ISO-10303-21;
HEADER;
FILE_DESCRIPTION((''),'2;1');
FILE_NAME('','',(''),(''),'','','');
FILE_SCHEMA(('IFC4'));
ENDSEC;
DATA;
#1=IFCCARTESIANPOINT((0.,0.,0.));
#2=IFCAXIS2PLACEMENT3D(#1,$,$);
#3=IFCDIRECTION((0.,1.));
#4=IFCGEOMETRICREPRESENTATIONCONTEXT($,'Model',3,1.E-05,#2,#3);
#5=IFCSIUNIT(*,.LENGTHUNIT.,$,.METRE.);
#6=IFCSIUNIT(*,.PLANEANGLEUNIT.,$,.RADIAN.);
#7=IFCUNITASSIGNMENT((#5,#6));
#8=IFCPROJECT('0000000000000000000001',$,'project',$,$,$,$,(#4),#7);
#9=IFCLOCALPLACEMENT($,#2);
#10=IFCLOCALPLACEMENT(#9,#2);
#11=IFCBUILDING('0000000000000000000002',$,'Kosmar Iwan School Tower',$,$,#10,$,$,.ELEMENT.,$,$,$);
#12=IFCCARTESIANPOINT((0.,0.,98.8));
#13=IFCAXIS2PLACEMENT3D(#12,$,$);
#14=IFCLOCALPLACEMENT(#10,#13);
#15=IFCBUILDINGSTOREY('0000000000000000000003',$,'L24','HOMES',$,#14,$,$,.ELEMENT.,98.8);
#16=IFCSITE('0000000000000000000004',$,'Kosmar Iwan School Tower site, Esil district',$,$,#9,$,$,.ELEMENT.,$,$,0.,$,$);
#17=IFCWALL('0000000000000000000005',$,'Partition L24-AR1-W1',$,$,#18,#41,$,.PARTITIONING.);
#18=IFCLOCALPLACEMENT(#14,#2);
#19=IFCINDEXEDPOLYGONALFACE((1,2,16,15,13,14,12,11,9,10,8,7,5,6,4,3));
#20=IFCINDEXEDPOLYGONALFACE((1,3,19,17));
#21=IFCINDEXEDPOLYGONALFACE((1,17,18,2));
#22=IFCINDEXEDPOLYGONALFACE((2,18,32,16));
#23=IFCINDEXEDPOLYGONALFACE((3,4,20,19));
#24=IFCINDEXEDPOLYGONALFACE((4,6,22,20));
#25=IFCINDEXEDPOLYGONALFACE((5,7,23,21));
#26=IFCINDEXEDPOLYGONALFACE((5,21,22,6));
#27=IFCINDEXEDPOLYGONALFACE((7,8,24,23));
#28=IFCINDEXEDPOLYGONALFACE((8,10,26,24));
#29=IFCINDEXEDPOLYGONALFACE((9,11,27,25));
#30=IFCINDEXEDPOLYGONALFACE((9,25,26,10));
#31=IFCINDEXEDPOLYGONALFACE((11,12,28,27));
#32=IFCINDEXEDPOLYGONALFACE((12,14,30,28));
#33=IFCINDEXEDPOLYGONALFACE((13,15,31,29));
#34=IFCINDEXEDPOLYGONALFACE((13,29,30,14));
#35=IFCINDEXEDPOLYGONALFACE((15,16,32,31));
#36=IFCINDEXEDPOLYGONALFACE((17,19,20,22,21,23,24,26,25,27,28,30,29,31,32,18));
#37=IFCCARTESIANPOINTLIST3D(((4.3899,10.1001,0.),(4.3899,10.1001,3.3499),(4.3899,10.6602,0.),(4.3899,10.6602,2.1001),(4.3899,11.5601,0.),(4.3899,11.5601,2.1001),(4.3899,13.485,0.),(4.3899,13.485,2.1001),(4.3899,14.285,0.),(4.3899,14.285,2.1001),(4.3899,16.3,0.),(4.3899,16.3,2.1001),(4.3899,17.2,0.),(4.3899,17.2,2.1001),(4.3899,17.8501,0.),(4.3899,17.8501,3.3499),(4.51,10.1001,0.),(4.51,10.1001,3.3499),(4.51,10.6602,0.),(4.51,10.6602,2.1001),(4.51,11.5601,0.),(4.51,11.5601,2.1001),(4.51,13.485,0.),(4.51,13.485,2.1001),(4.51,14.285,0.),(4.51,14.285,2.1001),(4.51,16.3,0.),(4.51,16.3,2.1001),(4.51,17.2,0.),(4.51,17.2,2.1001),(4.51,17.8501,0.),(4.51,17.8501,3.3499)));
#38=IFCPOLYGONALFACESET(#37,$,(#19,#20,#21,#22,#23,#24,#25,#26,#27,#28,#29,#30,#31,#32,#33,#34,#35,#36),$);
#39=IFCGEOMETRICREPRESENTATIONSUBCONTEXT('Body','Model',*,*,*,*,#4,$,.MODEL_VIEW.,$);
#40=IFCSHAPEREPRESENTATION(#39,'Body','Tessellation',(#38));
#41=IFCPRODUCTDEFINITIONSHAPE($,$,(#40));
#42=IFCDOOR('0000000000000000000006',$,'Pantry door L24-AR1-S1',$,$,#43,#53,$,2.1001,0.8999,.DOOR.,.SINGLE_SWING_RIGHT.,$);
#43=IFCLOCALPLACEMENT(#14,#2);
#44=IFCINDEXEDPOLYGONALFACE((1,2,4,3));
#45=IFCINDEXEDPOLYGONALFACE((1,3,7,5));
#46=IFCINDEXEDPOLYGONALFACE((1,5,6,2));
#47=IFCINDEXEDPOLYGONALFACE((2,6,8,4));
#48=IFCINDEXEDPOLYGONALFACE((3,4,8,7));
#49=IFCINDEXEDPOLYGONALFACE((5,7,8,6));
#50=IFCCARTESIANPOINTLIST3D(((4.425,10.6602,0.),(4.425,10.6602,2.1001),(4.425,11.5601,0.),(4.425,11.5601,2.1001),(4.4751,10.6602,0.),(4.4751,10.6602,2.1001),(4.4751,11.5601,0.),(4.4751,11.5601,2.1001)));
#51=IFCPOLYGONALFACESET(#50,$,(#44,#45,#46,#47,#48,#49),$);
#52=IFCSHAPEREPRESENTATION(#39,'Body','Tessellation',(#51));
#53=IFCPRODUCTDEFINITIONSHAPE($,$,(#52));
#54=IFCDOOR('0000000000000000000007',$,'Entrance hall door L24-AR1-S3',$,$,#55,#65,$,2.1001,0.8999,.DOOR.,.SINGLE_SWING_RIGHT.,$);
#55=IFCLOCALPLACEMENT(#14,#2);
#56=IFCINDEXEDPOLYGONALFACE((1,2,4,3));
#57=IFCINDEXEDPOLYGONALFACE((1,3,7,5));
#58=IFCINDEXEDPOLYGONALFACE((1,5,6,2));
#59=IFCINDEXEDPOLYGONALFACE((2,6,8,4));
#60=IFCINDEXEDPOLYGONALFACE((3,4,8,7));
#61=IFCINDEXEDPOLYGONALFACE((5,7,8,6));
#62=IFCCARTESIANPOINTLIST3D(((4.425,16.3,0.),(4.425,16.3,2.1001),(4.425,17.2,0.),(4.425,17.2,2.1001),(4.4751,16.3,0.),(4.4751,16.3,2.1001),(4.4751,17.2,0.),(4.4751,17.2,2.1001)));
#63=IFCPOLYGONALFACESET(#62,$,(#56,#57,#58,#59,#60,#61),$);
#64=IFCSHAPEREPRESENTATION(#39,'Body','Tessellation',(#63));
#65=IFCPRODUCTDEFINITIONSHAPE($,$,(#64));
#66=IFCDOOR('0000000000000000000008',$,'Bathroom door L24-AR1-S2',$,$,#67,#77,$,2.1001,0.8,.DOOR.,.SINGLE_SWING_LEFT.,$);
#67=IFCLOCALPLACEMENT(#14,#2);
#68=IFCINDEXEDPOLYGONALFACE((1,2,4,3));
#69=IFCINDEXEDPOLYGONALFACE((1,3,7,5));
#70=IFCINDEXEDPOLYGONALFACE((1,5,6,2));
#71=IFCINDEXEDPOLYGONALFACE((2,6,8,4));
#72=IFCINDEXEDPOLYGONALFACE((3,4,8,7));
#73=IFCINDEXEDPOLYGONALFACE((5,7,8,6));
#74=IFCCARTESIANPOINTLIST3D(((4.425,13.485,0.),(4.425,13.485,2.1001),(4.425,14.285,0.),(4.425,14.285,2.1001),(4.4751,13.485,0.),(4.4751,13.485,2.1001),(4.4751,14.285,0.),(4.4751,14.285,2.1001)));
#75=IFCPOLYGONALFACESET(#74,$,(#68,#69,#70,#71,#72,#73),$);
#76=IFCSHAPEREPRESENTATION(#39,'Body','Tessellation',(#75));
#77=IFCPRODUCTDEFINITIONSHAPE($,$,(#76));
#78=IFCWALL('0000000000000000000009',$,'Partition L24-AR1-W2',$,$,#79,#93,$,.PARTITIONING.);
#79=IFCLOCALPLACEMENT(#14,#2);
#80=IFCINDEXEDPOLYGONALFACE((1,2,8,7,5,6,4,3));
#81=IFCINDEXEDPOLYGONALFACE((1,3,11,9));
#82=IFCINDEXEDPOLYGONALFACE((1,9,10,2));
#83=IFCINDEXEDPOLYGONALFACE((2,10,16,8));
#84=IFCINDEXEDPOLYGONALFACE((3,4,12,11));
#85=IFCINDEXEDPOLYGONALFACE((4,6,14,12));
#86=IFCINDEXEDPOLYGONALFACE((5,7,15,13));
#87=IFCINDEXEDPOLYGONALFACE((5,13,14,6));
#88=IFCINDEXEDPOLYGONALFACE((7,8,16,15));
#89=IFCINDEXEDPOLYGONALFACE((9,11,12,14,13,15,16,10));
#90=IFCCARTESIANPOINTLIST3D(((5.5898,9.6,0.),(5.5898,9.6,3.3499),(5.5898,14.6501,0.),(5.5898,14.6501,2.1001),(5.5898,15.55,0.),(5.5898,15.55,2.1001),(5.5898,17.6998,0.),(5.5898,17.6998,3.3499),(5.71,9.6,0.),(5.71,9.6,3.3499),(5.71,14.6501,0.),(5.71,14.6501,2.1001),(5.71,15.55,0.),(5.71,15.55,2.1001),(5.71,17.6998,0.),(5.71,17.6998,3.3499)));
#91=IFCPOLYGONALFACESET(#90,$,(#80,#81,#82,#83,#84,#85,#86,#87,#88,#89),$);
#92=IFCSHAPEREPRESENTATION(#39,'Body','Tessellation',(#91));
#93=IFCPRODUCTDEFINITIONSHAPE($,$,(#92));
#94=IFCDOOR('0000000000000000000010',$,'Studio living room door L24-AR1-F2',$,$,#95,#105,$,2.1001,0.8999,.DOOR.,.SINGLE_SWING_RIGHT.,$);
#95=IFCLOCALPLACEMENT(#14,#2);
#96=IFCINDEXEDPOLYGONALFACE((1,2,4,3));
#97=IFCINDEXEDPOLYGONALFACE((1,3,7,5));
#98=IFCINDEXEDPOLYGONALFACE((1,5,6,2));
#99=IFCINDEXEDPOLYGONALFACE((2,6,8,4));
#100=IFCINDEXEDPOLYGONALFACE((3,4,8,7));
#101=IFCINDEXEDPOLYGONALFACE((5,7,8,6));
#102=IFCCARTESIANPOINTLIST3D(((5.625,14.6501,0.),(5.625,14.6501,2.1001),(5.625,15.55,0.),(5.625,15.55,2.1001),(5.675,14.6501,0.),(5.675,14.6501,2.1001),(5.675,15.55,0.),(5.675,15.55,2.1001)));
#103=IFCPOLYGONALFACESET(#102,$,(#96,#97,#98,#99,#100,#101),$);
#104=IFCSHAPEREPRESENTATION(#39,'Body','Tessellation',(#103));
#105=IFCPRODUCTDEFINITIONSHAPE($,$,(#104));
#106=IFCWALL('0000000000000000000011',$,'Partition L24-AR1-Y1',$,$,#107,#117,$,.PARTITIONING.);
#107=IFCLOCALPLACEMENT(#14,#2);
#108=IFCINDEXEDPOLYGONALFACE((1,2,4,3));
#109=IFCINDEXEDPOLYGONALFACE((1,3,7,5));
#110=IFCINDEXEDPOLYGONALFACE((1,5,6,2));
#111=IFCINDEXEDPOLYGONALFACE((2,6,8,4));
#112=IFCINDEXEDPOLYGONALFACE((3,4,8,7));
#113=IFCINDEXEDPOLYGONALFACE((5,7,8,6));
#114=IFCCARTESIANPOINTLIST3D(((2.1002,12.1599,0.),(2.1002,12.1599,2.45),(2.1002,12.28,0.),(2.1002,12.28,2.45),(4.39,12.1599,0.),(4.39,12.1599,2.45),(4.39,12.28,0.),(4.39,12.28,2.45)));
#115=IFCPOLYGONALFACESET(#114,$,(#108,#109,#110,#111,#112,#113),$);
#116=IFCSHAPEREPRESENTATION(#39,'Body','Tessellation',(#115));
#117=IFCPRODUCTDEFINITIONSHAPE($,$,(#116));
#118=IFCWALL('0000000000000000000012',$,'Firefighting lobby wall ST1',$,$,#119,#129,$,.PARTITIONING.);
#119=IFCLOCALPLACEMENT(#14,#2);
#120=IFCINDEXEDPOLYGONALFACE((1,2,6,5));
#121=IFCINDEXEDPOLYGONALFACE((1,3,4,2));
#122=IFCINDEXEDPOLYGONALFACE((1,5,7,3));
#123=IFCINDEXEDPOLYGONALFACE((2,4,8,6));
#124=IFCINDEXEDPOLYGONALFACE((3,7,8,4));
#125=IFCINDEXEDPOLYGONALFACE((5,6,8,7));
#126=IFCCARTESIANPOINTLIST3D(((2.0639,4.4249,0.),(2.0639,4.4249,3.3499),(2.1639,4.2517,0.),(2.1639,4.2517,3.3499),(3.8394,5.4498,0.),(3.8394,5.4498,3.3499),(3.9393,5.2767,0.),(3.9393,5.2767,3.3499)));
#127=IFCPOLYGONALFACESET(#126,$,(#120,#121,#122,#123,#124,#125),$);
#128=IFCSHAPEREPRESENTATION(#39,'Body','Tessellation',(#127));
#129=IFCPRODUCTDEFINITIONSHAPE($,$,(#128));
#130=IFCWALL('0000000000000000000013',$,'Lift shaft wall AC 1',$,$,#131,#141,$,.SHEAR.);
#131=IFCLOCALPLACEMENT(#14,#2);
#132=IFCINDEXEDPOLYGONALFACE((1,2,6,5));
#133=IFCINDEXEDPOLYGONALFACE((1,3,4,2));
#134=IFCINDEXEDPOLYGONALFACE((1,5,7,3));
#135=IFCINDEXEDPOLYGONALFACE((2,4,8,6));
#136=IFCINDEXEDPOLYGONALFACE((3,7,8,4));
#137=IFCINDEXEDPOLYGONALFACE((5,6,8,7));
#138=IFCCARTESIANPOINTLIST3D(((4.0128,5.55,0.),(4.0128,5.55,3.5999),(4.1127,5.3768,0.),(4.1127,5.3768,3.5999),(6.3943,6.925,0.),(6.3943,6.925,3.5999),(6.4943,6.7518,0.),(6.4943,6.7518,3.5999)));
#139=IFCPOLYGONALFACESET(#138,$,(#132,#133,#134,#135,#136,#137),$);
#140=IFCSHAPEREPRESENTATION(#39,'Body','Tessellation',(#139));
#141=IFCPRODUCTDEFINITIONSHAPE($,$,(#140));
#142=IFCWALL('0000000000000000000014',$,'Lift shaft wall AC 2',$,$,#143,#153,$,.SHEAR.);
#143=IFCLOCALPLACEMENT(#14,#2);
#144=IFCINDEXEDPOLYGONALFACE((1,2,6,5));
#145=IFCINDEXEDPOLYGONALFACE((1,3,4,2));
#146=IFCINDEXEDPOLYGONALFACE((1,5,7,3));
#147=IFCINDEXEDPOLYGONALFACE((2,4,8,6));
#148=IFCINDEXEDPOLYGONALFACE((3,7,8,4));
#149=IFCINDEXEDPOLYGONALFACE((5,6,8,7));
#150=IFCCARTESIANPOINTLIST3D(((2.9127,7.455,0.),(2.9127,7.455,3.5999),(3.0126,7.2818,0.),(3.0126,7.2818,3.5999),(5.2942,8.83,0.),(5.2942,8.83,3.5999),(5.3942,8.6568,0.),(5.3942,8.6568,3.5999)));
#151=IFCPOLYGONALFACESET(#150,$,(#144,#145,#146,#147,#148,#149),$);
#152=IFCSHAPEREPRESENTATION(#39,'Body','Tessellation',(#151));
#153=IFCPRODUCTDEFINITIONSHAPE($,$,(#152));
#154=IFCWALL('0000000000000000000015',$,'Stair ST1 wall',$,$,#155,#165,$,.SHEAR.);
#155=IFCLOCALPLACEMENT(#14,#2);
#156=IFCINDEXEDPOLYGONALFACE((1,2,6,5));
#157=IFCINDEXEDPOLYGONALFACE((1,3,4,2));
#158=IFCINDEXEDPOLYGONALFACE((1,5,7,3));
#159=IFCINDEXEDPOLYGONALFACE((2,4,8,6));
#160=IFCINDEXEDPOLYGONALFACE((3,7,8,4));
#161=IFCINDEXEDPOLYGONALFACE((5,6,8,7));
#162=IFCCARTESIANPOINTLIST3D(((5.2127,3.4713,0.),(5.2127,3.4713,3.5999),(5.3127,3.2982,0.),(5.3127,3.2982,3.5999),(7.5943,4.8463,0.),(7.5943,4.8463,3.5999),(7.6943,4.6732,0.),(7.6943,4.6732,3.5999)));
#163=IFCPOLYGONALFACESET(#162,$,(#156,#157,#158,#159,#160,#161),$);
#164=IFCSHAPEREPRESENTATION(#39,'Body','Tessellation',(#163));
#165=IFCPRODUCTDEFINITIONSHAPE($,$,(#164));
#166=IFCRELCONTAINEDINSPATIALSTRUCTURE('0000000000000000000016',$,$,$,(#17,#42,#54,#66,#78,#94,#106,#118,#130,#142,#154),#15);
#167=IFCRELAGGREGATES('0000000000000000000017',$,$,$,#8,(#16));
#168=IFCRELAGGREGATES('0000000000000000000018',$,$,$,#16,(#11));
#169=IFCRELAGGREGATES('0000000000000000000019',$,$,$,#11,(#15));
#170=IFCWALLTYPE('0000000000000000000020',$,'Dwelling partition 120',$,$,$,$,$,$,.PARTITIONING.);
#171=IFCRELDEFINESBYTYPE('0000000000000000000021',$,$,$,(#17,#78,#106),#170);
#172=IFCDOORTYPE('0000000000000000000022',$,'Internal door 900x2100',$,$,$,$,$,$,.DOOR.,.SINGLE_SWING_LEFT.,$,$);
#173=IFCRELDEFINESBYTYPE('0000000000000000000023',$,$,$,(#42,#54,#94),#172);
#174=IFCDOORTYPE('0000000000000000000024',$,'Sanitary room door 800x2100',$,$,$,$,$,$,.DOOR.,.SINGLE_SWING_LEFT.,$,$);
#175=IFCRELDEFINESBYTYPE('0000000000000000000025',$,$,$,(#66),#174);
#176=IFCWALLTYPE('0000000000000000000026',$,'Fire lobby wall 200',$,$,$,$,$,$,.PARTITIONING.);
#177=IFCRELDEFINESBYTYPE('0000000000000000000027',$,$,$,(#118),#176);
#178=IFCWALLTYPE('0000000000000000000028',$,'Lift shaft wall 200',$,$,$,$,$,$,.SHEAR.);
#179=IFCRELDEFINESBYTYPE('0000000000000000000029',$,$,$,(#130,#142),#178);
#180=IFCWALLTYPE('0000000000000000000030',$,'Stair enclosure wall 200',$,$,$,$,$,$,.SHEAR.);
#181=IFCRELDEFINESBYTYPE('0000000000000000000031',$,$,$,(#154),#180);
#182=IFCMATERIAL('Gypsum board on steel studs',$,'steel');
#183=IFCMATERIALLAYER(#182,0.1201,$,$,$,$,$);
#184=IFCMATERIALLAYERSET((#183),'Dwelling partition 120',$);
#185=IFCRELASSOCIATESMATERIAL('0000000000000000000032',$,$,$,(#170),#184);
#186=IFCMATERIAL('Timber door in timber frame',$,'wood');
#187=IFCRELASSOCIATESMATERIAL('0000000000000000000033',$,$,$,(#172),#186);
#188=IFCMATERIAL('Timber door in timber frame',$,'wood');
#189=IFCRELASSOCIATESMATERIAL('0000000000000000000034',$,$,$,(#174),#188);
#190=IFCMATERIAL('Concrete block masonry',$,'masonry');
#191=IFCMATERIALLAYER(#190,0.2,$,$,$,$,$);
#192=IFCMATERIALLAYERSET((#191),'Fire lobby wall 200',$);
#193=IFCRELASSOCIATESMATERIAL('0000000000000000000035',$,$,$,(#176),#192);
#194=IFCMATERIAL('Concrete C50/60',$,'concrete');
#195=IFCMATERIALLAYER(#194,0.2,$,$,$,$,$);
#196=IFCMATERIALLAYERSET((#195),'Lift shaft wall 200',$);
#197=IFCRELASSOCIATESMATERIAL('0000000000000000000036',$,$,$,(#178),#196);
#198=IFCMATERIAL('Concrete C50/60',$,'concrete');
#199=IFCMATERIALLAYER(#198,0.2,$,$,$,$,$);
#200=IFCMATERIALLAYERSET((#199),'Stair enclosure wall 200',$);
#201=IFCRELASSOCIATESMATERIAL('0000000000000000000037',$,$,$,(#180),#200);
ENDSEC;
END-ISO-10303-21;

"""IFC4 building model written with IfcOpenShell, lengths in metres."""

from ifc_helpers import new_model, si_unit, direction, frame, frame_2d, origin, place, context, subcontext, project, spatial, rectangle, extrude, material, layer, layer_set, type_object, element, fill, save


model = new_model("IFC4")

# Units and contexts
model_context = context("Model", 3, precision=1e-05, world=origin(), true_north=direction((0.0, 1.0)))
body_context = subcontext(model_context, "Body", "Model", "MODEL_VIEW")
ifc_project = project(units=[si_unit("LENGTHUNIT", "METRE"), si_unit("PLANEANGLEUNIT", "RADIAN")], contexts=[model_context])

# Site, building, storey
site_placement = place(None, origin())
site = spatial("IfcSite", under=ifc_project, at=site_placement, Name="Kosmar Iwan School Tower site, Esil district", CompositionType="ELEMENT", RefElevation=0.0)
building_placement = place(site_placement, origin())
building = spatial("IfcBuilding", under=site, at=building_placement, Name="Kosmar Iwan School Tower", CompositionType="ELEMENT")
storey_placement = place(building_placement, frame((0.0, 0.0, 98.8)))
storey = spatial("IfcBuildingStorey", under=building, at=storey_placement, Name="L24", Description="HOMES", CompositionType="ELEMENT", Elevation=98.8)

# Wall, openings, doors
ifc_material_1 = material(Name="Gypsum board on steel studs", Category="steel")
ifc_layer_1 = layer(ifc_material_1, 0.1201)
ifc_layer_set_1 = layer_set([ifc_layer_1], Name="Dwelling partition 120")
wall_type_1 = type_object("IfcWallType", Name="Dwelling partition 120", PredefinedType="PARTITIONING", material=ifc_layer_set_1)
wall_1_placement = place(storey_placement, frame((4.45, 10.1001, 0.0), z_axis=(0.0, 0.0, 1.0), x_axis=(0.0, 1.0, 0.0)))
wall_1 = element("IfcWall", 1, at=wall_1_placement, inside=storey, type_object=wall_type_1, Name="Partition L24-AR1-W1", PredefinedType="PARTITIONING", context=body_context, shape_type="SweptSolid", body=[
    extrude(rectangle(XDim=7.75, YDim=0.1201, at=frame_2d((3.875, 0.0))), origin(), (0.0, 0.0, 1.0), 3.3499),
])
opening_1_placement = place(wall_1_placement, frame((0.5601, 0.0, 0.0)))
opening_1 = element("IfcOpeningElement", 2, at=opening_1_placement, cuts=wall_1, PredefinedType="OPENING", context=body_context, shape_type="SweptSolid", body=[
    extrude(rectangle(XDim=0.8999, YDim=2.1001, at=frame_2d((0.45, 1.05))), frame((0.0, 0.072, 0.0), z_axis=(0.0, -1.0, 0.0), x_axis=(1.0, 0.0, 0.0)), (0.0, 0.0, 1.0), 0.144),
])
opening_2_placement = place(wall_1_placement, frame((3.385, 0.0, 0.0)))
opening_2 = element("IfcOpeningElement", 3, at=opening_2_placement, cuts=wall_1, PredefinedType="OPENING", context=body_context, shape_type="SweptSolid", body=[
    extrude(rectangle(XDim=0.8, YDim=2.1001, at=frame_2d((0.3999, 1.05))), frame((0.0, 0.072, 0.0), z_axis=(0.0, -1.0, 0.0), x_axis=(1.0, 0.0, 0.0)), (0.0, 0.0, 1.0), 0.144),
])
opening_3_placement = place(wall_1_placement, frame((6.2, 0.0, 0.0)))
opening_3 = element("IfcOpeningElement", 4, at=opening_3_placement, cuts=wall_1, PredefinedType="OPENING", context=body_context, shape_type="SweptSolid", body=[
    extrude(rectangle(XDim=0.8999, YDim=2.1001, at=frame_2d((0.45, 1.05))), frame((0.0, 0.072, 0.0), z_axis=(0.0, -1.0, 0.0), x_axis=(1.0, 0.0, 0.0)), (0.0, 0.0, 1.0), 0.144),
])
ifc_material_2 = material(Name="Timber door in timber frame", Category="wood")
door_type_1 = type_object("IfcDoorType", Name="Internal door 900x2100", OperationType="SINGLE_SWING_LEFT", PredefinedType="DOOR", material=ifc_material_2)
door_1_placement = place(opening_1_placement, origin())
door_1 = element("IfcDoor", 5, at=door_1_placement, inside=storey, type_object=door_type_1, Name="Pantry door L24-AR1-S1", OperationType="SINGLE_SWING_RIGHT", OverallHeight=2.1001, OverallWidth=0.8999, PredefinedType="DOOR", context=body_context, shape_type="SweptSolid", body=[
    extrude(rectangle(XDim=0.8999, YDim=2.1001, at=frame_2d((0.45, 1.05))), frame((0.0, 0.0249, 0.0), z_axis=(0.0, -1.0, 0.0), x_axis=(1.0, 0.0, 0.0)), (0.0, 0.0, 1.0), 0.05),
])
fill(opening_1, door_1)
door_2_placement = place(opening_3_placement, origin())
door_2 = element("IfcDoor", 6, at=door_2_placement, inside=storey, type_object=door_type_1, Name="Entrance hall door L24-AR1-S3", OperationType="SINGLE_SWING_RIGHT", OverallHeight=2.1001, OverallWidth=0.8999, PredefinedType="DOOR", context=body_context, shape_type="SweptSolid", body=[
    extrude(rectangle(XDim=0.8999, YDim=2.1001, at=frame_2d((0.45, 1.05))), frame((0.0, 0.0249, 0.0), z_axis=(0.0, -1.0, 0.0), x_axis=(1.0, 0.0, 0.0)), (0.0, 0.0, 1.0), 0.05),
])
fill(opening_3, door_2)
ifc_material_3 = material(Name="Timber door in timber frame", Category="wood")
door_type_2 = type_object("IfcDoorType", Name="Sanitary room door 800x2100", OperationType="SINGLE_SWING_LEFT", PredefinedType="DOOR", material=ifc_material_3)
door_3_placement = place(opening_2_placement, origin())
door_3 = element("IfcDoor", 7, at=door_3_placement, inside=storey, type_object=door_type_2, Name="Bathroom door L24-AR1-S2", OperationType="SINGLE_SWING_LEFT", OverallHeight=2.1001, OverallWidth=0.8, PredefinedType="DOOR", context=body_context, shape_type="SweptSolid", body=[
    extrude(rectangle(XDim=0.8, YDim=2.1001, at=frame_2d((0.3999, 1.05))), frame((0.0, 0.0249, 0.0), z_axis=(0.0, -1.0, 0.0), x_axis=(1.0, 0.0, 0.0)), (0.0, 0.0, 1.0), 0.05),
])
fill(opening_2, door_3)

# Wall, opening, door
wall_2_placement = place(storey_placement, frame((5.6499, 9.6001, 0.0), z_axis=(0.0, 0.0, 1.0), x_axis=(0.0, 1.0, 0.0)))
wall_2 = element("IfcWall", 8, at=wall_2_placement, inside=storey, type_object=wall_type_1, Name="Partition L24-AR1-W2", PredefinedType="PARTITIONING", context=body_context, shape_type="SweptSolid", body=[
    extrude(rectangle(XDim=8.0999, YDim=0.1201, at=frame_2d((4.0498, 0.0))), origin(), (0.0, 0.0, 1.0), 3.3499),
])
opening_4_placement = place(wall_2_placement, frame((5.05, 0.0, 0.0)))
opening_4 = element("IfcOpeningElement", 9, at=opening_4_placement, cuts=wall_2, PredefinedType="OPENING", context=body_context, shape_type="SweptSolid", body=[
    extrude(rectangle(XDim=0.8999, YDim=2.1001, at=frame_2d((0.45, 1.05))), frame((0.0, 0.072, 0.0), z_axis=(0.0, -1.0, 0.0), x_axis=(1.0, 0.0, 0.0)), (0.0, 0.0, 1.0), 0.144),
])
door_4_placement = place(opening_4_placement, origin())
door_4 = element("IfcDoor", 10, at=door_4_placement, inside=storey, type_object=door_type_1, Name="Studio living room door L24-AR1-F2", OperationType="SINGLE_SWING_RIGHT", OverallHeight=2.1001, OverallWidth=0.8999, PredefinedType="DOOR", context=body_context, shape_type="SweptSolid", body=[
    extrude(rectangle(XDim=0.8999, YDim=2.1001, at=frame_2d((0.45, 1.05))), frame((0.0, 0.0249, 0.0), z_axis=(0.0, -1.0, 0.0), x_axis=(1.0, 0.0, 0.0)), (0.0, 0.0, 1.0), 0.05),
])
fill(opening_4, door_4)

# Walls
wall_3_placement = place(storey_placement, frame((2.1001, 12.22, 0.0), z_axis=(0.0, 0.0, 1.0), x_axis=(1.0, 0.0, 0.0)))
element("IfcWall", 11, at=wall_3_placement, inside=storey, type_object=wall_type_1, Name="Partition L24-AR1-Y1", PredefinedType="PARTITIONING", context=body_context, shape_type="SweptSolid", body=[
    extrude(rectangle(XDim=2.2898, YDim=0.1201, at=frame_2d((1.145, 0.0))), origin(), (0.0, 0.0, 1.0), 2.45),
])
ifc_material_4 = material(Name="Concrete block masonry", Category="masonry")
ifc_layer_2 = layer(ifc_material_4, 0.2)
ifc_layer_set_2 = layer_set([ifc_layer_2], Name="Fire lobby wall 200")
wall_type_2 = type_object("IfcWallType", Name="Fire lobby wall 200", PredefinedType="PARTITIONING", material=ifc_layer_set_2)
wall_4_placement = place(storey_placement, frame((2.114, 4.3384, 0.0), z_axis=(0.0, 0.0, 1.0), x_axis=(0.866051, 0.499956, 0.0)))
element("IfcWall", 12, at=wall_4_placement, inside=storey, type_object=wall_type_2, Name="Firefighting lobby wall ST1", PredefinedType="PARTITIONING", context=body_context, shape_type="SweptSolid", body=[
    extrude(rectangle(XDim=2.05, YDim=0.2, at=frame_2d((1.0249, 0.0))), origin(), (0.0, 0.0, 1.0), 3.3499),
])
ifc_material_5 = material(Name="Concrete C50/60", Category="concrete")
ifc_layer_3 = layer(ifc_material_5, 0.2)
ifc_layer_set_3 = layer_set([ifc_layer_3], Name="Lift shaft wall 200")
wall_type_3 = type_object("IfcWallType", Name="Lift shaft wall 200", PredefinedType="SHEAR", material=ifc_layer_set_3)
for number, where, z_axis, x_axis, name in (
    (13, (4.0627, 5.4634, 0.0), (0.0, 0.0, 1.0), (0.866027, 0.499997, 0.0), "Lift shaft wall AC 1"),
    (14, (2.9626, 7.3684, 0.0), (0.0, 0.0, 1.0), (0.866027, 0.499997, 0.0), "Lift shaft wall AC 2"),
):
    element("IfcWall", number, at=place(storey_placement, frame(where, z_axis=z_axis, x_axis=x_axis)), inside=storey, type_object=wall_type_3, Name=name, PredefinedType="SHEAR", context=body_context, shape_type="SweptSolid", body=[
        extrude(rectangle(XDim=2.75, YDim=0.2, at=frame_2d((1.375, 0.0))), origin(), (0.0, 0.0, 1.0), 3.5999),
    ])
ifc_material_6 = material(Name="Concrete C50/60", Category="concrete")
ifc_layer_4 = layer(ifc_material_6, 0.2)
ifc_layer_set_4 = layer_set([ifc_layer_4], Name="Stair enclosure wall 200")
wall_type_4 = type_object("IfcWallType", Name="Stair enclosure wall 200", PredefinedType="SHEAR", material=ifc_layer_set_4)
wall_5_placement = place(storey_placement, frame((5.2627, 3.3848, 0.0), z_axis=(0.0, 0.0, 1.0), x_axis=(0.866027, 0.499997, 0.0)))
element("IfcWall", 15, at=wall_5_placement, inside=storey, type_object=wall_type_4, Name="Stair ST1 wall", PredefinedType="SHEAR", context=body_context, shape_type="SweptSolid", body=[
    extrude(rectangle(XDim=2.75, YDim=0.2, at=frame_2d((1.375, 0.0))), origin(), (0.0, 0.0, 1.0), 3.5999),
])

save(model, "model.ifc")
